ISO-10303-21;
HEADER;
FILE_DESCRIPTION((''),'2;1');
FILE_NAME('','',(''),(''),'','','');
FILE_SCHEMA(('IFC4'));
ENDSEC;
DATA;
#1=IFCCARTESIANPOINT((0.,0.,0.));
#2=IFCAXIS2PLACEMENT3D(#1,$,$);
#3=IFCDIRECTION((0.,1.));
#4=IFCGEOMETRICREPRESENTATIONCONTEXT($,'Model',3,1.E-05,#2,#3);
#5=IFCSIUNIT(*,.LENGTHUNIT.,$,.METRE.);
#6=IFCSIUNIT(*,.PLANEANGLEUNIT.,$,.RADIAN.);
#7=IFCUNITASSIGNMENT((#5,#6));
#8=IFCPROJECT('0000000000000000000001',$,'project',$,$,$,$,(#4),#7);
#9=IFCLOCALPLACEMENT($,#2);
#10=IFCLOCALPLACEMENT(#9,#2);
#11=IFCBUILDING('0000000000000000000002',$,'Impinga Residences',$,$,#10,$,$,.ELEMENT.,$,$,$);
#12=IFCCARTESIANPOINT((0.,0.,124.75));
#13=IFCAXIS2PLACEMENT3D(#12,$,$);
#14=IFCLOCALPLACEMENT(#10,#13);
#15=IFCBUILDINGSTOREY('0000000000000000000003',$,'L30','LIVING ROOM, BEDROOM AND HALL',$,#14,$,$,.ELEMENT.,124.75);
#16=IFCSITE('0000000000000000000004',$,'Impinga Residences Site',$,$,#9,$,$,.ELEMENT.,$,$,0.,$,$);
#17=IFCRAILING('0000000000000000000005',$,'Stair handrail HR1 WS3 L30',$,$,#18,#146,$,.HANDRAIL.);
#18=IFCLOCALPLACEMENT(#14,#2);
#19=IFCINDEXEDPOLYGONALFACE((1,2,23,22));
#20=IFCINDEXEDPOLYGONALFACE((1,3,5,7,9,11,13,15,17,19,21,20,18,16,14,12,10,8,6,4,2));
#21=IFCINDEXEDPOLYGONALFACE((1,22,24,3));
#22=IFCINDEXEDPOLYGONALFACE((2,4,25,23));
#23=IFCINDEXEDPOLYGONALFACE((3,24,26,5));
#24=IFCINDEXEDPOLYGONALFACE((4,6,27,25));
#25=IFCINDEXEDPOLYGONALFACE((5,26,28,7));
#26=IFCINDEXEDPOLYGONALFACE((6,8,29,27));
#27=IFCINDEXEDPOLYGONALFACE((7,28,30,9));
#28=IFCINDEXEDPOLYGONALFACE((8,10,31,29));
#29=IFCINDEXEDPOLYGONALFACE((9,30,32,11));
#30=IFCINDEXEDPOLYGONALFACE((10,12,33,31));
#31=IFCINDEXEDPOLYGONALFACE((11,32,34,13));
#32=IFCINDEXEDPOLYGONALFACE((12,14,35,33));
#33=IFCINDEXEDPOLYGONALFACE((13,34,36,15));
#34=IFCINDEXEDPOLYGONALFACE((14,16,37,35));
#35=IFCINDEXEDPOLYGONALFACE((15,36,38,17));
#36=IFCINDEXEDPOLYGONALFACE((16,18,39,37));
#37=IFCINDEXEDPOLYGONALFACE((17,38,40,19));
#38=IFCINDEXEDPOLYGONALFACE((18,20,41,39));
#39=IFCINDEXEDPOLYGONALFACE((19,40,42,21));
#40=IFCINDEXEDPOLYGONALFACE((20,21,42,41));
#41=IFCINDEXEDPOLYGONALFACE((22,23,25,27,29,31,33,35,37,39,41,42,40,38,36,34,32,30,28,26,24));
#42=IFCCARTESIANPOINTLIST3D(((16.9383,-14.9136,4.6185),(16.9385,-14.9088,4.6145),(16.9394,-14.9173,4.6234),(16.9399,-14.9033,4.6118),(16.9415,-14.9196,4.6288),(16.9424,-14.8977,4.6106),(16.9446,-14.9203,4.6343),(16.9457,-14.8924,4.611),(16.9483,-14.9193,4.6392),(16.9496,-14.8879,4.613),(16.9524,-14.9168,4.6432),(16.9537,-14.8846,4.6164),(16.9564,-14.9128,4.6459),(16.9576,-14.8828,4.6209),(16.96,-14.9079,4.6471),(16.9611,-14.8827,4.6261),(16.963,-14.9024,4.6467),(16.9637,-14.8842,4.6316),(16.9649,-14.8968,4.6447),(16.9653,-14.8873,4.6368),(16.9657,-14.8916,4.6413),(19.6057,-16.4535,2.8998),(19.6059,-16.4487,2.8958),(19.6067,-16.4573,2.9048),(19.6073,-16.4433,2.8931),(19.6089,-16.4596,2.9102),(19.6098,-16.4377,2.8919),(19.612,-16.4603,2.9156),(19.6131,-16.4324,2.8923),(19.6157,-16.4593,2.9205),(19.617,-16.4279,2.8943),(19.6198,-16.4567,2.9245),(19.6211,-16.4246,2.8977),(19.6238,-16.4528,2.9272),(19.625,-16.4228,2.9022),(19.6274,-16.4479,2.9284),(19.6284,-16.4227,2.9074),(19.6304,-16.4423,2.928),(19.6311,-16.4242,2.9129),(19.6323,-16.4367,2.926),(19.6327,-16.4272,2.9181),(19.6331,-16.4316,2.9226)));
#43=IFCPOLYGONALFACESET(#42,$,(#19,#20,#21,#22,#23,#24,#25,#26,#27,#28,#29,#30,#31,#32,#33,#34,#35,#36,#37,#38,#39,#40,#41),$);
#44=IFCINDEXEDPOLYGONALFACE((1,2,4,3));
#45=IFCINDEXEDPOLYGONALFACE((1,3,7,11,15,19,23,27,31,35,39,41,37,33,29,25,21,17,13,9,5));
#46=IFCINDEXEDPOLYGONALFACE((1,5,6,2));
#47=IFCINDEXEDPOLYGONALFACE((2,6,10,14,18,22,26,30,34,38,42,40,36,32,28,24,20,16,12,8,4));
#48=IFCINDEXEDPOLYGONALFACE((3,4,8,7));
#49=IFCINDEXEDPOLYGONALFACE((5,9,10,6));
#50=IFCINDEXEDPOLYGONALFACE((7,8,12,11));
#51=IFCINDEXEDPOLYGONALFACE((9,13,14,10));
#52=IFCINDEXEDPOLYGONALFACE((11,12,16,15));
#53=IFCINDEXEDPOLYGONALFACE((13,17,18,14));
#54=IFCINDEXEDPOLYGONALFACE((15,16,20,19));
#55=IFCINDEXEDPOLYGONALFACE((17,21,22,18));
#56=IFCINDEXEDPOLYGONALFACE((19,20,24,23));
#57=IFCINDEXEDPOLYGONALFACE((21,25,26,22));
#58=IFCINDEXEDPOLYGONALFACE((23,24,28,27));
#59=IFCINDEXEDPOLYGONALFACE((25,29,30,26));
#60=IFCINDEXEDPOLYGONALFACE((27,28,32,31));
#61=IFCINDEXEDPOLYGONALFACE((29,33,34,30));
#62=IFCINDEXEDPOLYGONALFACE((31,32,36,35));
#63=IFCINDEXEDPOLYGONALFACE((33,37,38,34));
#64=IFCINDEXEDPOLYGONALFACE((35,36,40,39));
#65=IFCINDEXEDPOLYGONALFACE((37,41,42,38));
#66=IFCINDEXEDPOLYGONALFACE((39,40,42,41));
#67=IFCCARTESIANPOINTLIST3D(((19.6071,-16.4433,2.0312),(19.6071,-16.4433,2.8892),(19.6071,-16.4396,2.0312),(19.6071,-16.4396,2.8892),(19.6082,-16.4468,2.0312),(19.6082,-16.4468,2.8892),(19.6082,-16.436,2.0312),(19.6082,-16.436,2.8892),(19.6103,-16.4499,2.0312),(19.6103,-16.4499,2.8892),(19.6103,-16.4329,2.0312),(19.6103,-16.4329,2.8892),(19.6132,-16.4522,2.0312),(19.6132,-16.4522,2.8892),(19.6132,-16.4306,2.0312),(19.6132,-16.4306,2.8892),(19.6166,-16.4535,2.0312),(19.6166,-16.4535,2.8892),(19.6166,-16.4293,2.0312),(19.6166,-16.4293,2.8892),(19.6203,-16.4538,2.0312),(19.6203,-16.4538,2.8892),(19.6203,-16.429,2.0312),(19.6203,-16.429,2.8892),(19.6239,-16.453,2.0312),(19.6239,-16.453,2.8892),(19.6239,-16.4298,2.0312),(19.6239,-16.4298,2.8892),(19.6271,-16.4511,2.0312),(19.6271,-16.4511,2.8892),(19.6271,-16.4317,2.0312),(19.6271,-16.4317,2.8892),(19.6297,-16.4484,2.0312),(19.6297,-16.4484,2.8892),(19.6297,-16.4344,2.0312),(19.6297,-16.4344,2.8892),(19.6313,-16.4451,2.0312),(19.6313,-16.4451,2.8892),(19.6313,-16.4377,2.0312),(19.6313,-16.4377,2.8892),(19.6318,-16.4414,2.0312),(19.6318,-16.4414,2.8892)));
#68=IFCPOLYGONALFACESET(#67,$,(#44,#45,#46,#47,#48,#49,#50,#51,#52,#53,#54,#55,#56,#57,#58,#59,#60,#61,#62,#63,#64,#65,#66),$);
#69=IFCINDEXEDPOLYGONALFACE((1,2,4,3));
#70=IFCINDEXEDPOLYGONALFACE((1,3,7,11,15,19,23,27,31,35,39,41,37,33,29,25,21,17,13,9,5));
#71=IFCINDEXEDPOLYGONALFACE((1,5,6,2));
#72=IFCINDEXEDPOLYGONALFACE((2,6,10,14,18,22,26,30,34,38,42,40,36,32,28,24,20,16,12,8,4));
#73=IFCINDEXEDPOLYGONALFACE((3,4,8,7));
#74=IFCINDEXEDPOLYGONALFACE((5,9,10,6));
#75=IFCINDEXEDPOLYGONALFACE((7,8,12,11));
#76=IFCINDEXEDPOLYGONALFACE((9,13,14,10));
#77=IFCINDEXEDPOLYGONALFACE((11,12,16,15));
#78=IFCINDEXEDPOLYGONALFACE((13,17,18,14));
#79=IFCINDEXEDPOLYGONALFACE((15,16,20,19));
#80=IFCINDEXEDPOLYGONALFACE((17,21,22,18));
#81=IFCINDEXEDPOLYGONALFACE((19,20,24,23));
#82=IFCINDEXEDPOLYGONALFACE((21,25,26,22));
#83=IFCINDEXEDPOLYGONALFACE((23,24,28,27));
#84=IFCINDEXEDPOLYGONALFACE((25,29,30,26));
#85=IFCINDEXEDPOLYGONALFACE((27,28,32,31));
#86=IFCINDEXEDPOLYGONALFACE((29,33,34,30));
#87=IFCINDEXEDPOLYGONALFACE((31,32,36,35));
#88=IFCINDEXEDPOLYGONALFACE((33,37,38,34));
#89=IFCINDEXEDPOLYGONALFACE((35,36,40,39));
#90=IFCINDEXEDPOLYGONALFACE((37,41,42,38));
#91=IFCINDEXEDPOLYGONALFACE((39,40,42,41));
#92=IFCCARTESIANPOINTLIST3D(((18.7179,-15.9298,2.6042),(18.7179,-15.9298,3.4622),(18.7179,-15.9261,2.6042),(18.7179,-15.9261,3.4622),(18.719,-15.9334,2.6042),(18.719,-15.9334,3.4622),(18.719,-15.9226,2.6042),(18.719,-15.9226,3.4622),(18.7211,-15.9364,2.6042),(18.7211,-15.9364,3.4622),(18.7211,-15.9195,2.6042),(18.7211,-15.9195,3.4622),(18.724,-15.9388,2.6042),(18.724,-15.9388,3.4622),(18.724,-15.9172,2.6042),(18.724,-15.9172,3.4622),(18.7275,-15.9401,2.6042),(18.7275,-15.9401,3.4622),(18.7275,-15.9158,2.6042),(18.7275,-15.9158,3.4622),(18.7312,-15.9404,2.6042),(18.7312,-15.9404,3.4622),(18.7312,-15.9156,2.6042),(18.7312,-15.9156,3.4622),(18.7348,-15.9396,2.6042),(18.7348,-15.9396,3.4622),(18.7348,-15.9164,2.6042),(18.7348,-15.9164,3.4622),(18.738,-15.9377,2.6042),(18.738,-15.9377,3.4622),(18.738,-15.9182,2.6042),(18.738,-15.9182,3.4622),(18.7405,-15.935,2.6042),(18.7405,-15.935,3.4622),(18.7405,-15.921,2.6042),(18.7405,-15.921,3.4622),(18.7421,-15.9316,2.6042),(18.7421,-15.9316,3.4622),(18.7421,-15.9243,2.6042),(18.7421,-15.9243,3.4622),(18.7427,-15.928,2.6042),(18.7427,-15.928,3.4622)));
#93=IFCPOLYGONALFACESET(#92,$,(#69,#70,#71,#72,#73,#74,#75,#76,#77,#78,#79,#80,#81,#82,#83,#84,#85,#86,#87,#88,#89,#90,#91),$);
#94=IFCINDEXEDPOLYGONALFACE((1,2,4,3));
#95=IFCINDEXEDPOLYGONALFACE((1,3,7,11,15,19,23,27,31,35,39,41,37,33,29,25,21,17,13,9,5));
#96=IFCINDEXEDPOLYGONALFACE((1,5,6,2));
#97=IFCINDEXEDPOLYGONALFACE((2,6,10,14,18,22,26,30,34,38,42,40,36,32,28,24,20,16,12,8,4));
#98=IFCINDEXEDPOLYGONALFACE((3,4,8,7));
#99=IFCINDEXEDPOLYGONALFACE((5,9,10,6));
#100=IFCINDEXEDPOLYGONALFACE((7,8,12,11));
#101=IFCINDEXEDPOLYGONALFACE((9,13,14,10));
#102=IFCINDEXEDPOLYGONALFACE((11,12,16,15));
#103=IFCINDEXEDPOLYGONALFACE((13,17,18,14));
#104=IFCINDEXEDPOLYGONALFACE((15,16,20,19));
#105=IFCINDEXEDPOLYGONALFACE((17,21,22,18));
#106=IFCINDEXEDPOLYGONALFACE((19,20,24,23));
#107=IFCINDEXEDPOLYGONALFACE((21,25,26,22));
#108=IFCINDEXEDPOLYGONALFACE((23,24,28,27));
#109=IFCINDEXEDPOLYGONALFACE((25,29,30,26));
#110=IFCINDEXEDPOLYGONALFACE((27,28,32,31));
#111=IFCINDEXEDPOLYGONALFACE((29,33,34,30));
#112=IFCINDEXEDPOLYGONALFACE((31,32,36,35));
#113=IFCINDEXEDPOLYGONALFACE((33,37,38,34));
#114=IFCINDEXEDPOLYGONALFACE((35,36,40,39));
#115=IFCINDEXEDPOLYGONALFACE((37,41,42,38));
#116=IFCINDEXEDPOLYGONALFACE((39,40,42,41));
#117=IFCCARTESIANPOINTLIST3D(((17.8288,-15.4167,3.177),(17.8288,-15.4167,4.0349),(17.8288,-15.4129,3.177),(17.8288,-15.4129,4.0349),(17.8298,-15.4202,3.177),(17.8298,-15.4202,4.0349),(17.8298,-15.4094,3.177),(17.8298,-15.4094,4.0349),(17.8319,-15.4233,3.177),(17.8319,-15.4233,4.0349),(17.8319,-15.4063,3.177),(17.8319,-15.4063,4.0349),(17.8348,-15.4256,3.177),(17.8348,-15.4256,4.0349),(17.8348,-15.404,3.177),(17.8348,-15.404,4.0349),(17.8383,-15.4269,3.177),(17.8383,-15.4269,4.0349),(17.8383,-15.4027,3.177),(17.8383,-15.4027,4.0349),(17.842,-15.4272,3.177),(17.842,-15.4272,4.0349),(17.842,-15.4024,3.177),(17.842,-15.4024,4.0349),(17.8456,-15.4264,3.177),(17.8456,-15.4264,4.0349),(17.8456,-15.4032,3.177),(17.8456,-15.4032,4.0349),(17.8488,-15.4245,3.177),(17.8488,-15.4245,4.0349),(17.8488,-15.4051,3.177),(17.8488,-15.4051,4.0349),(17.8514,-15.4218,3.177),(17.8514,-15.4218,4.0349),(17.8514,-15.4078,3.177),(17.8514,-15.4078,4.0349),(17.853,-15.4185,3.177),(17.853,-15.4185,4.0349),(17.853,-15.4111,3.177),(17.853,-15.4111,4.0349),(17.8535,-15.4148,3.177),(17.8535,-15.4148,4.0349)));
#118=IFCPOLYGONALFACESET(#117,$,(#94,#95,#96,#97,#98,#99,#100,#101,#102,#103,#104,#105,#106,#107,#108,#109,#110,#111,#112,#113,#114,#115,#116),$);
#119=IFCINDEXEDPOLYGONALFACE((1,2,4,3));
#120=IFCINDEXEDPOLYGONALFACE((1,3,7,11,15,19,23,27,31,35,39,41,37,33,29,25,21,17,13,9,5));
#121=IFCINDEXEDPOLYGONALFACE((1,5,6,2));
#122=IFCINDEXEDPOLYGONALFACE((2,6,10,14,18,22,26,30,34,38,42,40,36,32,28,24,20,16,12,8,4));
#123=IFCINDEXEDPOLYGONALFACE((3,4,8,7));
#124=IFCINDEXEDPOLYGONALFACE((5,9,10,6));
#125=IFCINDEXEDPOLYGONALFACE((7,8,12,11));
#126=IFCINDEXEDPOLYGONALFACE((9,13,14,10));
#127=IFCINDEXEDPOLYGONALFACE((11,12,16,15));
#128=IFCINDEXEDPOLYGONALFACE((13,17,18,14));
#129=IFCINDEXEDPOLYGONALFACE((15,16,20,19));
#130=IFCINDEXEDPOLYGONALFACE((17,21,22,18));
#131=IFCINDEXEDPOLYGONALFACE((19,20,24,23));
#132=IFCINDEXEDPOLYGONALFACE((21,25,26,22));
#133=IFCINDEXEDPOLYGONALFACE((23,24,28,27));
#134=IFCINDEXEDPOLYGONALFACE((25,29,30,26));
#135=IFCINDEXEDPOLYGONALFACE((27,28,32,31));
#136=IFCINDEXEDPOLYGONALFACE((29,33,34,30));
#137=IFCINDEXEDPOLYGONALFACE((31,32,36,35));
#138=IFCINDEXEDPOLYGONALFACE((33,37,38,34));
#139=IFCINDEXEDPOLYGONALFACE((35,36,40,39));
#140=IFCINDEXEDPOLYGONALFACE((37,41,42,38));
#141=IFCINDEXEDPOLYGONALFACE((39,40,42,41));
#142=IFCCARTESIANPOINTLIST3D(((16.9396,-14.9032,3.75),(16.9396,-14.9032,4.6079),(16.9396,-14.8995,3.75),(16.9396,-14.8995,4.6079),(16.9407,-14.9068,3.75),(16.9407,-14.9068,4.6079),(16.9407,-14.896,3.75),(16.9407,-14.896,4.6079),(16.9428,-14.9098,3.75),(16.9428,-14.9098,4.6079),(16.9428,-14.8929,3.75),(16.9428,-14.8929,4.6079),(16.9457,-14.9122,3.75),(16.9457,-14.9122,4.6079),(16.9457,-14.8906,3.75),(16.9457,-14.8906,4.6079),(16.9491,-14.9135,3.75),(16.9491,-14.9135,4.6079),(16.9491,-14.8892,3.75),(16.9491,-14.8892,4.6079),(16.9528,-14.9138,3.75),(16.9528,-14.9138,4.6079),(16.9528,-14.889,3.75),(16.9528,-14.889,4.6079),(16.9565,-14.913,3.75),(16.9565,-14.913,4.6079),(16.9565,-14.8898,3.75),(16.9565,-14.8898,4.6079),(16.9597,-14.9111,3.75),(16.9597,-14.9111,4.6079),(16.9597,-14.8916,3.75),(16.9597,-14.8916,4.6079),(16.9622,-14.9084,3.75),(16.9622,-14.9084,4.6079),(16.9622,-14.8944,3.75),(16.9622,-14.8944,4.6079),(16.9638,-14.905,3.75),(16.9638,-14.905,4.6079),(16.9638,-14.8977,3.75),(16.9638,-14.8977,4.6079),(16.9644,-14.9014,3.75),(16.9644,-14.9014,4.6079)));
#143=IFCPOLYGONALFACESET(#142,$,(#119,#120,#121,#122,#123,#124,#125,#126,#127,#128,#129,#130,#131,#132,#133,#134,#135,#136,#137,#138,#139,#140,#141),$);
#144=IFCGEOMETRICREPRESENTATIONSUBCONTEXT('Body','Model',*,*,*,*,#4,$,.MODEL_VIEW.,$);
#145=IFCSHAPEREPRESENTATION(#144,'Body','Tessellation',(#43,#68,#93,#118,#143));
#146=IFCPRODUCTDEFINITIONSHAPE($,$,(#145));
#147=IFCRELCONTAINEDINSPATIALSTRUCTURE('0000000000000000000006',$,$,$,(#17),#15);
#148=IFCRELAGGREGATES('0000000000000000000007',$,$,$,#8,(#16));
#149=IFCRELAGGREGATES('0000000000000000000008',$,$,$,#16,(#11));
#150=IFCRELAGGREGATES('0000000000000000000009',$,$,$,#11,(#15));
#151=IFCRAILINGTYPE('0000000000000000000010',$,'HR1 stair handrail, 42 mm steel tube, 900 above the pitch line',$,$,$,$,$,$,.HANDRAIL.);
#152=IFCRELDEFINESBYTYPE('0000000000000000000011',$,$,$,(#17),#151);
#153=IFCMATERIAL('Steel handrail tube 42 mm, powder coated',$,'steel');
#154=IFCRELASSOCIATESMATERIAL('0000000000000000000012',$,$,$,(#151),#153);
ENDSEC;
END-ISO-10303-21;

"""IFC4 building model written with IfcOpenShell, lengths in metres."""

from ifc_helpers import new_model, si_unit, direction, frame, origin, origin_2d, place, context, subcontext, project, spatial, circle, extrude, material, type_object, element, save


model = new_model("IFC4")

# Units and contexts
model_context = context("Model", 3, precision=1e-05, world=origin(), true_north=direction((0.0, 1.0)))
body_context = subcontext(model_context, "Body", "Model", "MODEL_VIEW")
ifc_project = project(units=[si_unit("LENGTHUNIT", "METRE"), si_unit("PLANEANGLEUNIT", "RADIAN")], contexts=[model_context])

# Site, building, storey
site_placement = place(None, origin())
site = spatial("IfcSite", under=ifc_project, at=site_placement, Name="Impinga Residences Site", CompositionType="ELEMENT", RefElevation=0.0)
building_placement = place(site_placement, origin())
building = spatial("IfcBuilding", under=site, at=building_placement, Name="Impinga Residences", CompositionType="ELEMENT")
storey_placement = place(building_placement, frame((0.0, 0.0, 124.75)))
storey = spatial("IfcBuildingStorey", under=building, at=storey_placement, Name="L30", Description="LIVING ROOM, BEDROOM AND HALL", CompositionType="ELEMENT", Elevation=124.75)

# Railing
ifc_material_1 = material(Name="Steel handrail tube 42 mm, powder coated", Category="steel")
railing_type_1 = type_object("IfcRailingType", Name="HR1 stair handrail, 42 mm steel tube, 900 above the pitch line", PredefinedType="HANDRAIL", material=ifc_material_1)
railing_1_placement = place(storey_placement, frame((19.6194, -16.4414, 2.0312)))
element("IfcRailing", 1, at=railing_1_placement, inside=storey, type_object=railing_type_1, Name="Stair handrail HR1 WS3 L30", PredefinedType="HANDRAIL", context=body_context, shape_type="SweptSolid", body=[
    extrude(circle(Radius=0.021, at=origin_2d()), frame((0.0, 0.0, 0.8789), z_axis=(-0.756256, 0.436616, 0.487282), x_axis=(-0.499992, -0.86603, 0.0)), (0.0, 0.0, 1.0), 3.5271),
    extrude(circle(Radius=0.0125, at=origin_2d()), origin(), (0.0, 0.0, 1.0), 0.8579),
    extrude(circle(Radius=0.0125, at=origin_2d()), frame((-0.8892, 0.5134, 0.573)), (0.0, 0.0, 1.0), 0.8579),
    extrude(circle(Radius=0.0125, at=origin_2d()), frame((-1.7783, 1.0266, 1.1458)), (0.0, 0.0, 1.0), 0.8579),
    extrude(circle(Radius=0.0125, at=origin_2d()), frame((-2.6675, 1.54, 1.7188)), (0.0, 0.0, 1.0), 0.8579),
])

save(model, "model.ifc")
